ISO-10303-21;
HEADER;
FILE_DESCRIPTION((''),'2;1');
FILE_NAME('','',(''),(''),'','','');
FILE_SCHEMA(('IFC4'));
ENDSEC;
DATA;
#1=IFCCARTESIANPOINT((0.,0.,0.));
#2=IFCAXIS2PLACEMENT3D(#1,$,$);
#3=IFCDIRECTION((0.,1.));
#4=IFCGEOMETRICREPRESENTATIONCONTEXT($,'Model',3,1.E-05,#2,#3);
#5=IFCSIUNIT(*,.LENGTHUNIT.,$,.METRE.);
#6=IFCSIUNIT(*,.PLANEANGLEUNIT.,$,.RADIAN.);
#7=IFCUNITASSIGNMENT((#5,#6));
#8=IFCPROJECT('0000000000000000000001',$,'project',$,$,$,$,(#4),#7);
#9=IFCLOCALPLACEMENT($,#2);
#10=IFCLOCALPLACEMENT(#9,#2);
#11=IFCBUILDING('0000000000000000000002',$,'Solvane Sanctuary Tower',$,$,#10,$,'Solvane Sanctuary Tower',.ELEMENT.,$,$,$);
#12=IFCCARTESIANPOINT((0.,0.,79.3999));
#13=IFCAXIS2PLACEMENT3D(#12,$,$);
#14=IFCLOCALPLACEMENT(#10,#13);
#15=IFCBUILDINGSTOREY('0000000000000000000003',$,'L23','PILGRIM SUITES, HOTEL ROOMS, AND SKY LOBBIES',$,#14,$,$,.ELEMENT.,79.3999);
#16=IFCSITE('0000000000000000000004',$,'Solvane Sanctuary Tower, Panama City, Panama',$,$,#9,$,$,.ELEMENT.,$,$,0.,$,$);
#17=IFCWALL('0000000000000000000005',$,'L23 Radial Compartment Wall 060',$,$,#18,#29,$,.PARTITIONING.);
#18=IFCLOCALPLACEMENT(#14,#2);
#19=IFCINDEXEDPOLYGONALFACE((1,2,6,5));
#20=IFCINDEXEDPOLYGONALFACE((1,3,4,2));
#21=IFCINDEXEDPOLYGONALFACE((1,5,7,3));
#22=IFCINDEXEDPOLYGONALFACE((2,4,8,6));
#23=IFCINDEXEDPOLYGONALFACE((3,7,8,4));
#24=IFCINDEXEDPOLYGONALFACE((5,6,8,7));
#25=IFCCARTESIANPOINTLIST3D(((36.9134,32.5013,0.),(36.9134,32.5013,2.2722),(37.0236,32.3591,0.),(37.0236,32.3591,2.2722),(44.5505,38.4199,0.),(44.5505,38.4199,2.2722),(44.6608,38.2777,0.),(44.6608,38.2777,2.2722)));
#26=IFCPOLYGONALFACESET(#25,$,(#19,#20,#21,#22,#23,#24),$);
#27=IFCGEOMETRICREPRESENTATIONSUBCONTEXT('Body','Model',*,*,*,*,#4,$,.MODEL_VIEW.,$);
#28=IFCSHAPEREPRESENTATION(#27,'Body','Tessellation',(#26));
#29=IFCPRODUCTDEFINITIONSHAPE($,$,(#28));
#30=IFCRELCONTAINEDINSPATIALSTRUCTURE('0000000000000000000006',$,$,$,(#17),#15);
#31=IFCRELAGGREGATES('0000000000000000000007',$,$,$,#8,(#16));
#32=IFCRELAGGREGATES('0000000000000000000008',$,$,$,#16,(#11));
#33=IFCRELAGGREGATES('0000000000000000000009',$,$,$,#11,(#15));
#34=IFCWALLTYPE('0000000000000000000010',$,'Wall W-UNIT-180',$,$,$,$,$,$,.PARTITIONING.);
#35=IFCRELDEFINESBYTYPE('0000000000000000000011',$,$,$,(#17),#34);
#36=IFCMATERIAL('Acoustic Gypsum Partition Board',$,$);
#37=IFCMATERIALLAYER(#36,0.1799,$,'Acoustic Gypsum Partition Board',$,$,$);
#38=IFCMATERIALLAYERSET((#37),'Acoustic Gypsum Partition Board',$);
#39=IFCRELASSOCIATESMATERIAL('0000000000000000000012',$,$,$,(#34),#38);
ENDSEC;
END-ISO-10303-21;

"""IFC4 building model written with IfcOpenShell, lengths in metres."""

from ifc_helpers import new_model, si_unit, direction, frame, frame_2d, origin, place, context, subcontext, project, spatial, rectangle, extrude, material, layer, layer_set, type_object, element, save


model = new_model("IFC4")

# Units and contexts
model_context = context("Model", 3, precision=1e-05, world=origin(), true_north=direction((0.0, 1.0)))
body_context = subcontext(model_context, "Body", "Model", "MODEL_VIEW")
ifc_project = project(units=[si_unit("LENGTHUNIT", "METRE"), si_unit("PLANEANGLEUNIT", "RADIAN")], contexts=[model_context])

# Site, building, storey
site_placement = place(None, origin())
site = spatial("IfcSite", under=ifc_project, at=site_placement, Name="Solvane Sanctuary Tower, Panama City, Panama", CompositionType="ELEMENT", RefElevation=0.0)
building_placement = place(site_placement, origin())
building = spatial("IfcBuilding", under=site, at=building_placement, Name="Solvane Sanctuary Tower", LongName="Solvane Sanctuary Tower", CompositionType="ELEMENT")
storey_placement = place(building_placement, frame((0.0, 0.0, 79.3999)))
storey = spatial("IfcBuildingStorey", under=building, at=storey_placement, Name="L23", Description="PILGRIM SUITES, HOTEL ROOMS, AND SKY LOBBIES", CompositionType="ELEMENT", Elevation=79.3999)

# Shared definitions
ifc_material_1 = material(Name="Acoustic Gypsum Partition Board")

# Wall
ifc_layer_1 = layer(ifc_material_1, 0.1799, Name="Acoustic Gypsum Partition Board")
ifc_layer_set_1 = layer_set([ifc_layer_1], Name="Acoustic Gypsum Partition Board")
wall_type_1 = type_object("IfcWallType", Name="Wall W-UNIT-180", PredefinedType="PARTITIONING", material=ifc_layer_set_1)
wall_1_placement = place(storey_placement, frame((36.9685, 32.4302, 0.0), z_axis=(0.0, 0.0, 1.0), x_axis=(0.790422, 0.612563, 0.0)))
element("IfcWall", 1, at=wall_1_placement, inside=storey, type_object=wall_type_1, Name="L23 Radial Compartment Wall 060", PredefinedType="PARTITIONING", context=body_context, shape_type="SweptSolid", body=[
    extrude(rectangle(XDim=9.6621, YDim=0.1799, at=frame_2d((4.8311, 0.0))), origin(), (0.0, 0.0, 1.0), 2.2722),
])

save(model, "model.ifc")
